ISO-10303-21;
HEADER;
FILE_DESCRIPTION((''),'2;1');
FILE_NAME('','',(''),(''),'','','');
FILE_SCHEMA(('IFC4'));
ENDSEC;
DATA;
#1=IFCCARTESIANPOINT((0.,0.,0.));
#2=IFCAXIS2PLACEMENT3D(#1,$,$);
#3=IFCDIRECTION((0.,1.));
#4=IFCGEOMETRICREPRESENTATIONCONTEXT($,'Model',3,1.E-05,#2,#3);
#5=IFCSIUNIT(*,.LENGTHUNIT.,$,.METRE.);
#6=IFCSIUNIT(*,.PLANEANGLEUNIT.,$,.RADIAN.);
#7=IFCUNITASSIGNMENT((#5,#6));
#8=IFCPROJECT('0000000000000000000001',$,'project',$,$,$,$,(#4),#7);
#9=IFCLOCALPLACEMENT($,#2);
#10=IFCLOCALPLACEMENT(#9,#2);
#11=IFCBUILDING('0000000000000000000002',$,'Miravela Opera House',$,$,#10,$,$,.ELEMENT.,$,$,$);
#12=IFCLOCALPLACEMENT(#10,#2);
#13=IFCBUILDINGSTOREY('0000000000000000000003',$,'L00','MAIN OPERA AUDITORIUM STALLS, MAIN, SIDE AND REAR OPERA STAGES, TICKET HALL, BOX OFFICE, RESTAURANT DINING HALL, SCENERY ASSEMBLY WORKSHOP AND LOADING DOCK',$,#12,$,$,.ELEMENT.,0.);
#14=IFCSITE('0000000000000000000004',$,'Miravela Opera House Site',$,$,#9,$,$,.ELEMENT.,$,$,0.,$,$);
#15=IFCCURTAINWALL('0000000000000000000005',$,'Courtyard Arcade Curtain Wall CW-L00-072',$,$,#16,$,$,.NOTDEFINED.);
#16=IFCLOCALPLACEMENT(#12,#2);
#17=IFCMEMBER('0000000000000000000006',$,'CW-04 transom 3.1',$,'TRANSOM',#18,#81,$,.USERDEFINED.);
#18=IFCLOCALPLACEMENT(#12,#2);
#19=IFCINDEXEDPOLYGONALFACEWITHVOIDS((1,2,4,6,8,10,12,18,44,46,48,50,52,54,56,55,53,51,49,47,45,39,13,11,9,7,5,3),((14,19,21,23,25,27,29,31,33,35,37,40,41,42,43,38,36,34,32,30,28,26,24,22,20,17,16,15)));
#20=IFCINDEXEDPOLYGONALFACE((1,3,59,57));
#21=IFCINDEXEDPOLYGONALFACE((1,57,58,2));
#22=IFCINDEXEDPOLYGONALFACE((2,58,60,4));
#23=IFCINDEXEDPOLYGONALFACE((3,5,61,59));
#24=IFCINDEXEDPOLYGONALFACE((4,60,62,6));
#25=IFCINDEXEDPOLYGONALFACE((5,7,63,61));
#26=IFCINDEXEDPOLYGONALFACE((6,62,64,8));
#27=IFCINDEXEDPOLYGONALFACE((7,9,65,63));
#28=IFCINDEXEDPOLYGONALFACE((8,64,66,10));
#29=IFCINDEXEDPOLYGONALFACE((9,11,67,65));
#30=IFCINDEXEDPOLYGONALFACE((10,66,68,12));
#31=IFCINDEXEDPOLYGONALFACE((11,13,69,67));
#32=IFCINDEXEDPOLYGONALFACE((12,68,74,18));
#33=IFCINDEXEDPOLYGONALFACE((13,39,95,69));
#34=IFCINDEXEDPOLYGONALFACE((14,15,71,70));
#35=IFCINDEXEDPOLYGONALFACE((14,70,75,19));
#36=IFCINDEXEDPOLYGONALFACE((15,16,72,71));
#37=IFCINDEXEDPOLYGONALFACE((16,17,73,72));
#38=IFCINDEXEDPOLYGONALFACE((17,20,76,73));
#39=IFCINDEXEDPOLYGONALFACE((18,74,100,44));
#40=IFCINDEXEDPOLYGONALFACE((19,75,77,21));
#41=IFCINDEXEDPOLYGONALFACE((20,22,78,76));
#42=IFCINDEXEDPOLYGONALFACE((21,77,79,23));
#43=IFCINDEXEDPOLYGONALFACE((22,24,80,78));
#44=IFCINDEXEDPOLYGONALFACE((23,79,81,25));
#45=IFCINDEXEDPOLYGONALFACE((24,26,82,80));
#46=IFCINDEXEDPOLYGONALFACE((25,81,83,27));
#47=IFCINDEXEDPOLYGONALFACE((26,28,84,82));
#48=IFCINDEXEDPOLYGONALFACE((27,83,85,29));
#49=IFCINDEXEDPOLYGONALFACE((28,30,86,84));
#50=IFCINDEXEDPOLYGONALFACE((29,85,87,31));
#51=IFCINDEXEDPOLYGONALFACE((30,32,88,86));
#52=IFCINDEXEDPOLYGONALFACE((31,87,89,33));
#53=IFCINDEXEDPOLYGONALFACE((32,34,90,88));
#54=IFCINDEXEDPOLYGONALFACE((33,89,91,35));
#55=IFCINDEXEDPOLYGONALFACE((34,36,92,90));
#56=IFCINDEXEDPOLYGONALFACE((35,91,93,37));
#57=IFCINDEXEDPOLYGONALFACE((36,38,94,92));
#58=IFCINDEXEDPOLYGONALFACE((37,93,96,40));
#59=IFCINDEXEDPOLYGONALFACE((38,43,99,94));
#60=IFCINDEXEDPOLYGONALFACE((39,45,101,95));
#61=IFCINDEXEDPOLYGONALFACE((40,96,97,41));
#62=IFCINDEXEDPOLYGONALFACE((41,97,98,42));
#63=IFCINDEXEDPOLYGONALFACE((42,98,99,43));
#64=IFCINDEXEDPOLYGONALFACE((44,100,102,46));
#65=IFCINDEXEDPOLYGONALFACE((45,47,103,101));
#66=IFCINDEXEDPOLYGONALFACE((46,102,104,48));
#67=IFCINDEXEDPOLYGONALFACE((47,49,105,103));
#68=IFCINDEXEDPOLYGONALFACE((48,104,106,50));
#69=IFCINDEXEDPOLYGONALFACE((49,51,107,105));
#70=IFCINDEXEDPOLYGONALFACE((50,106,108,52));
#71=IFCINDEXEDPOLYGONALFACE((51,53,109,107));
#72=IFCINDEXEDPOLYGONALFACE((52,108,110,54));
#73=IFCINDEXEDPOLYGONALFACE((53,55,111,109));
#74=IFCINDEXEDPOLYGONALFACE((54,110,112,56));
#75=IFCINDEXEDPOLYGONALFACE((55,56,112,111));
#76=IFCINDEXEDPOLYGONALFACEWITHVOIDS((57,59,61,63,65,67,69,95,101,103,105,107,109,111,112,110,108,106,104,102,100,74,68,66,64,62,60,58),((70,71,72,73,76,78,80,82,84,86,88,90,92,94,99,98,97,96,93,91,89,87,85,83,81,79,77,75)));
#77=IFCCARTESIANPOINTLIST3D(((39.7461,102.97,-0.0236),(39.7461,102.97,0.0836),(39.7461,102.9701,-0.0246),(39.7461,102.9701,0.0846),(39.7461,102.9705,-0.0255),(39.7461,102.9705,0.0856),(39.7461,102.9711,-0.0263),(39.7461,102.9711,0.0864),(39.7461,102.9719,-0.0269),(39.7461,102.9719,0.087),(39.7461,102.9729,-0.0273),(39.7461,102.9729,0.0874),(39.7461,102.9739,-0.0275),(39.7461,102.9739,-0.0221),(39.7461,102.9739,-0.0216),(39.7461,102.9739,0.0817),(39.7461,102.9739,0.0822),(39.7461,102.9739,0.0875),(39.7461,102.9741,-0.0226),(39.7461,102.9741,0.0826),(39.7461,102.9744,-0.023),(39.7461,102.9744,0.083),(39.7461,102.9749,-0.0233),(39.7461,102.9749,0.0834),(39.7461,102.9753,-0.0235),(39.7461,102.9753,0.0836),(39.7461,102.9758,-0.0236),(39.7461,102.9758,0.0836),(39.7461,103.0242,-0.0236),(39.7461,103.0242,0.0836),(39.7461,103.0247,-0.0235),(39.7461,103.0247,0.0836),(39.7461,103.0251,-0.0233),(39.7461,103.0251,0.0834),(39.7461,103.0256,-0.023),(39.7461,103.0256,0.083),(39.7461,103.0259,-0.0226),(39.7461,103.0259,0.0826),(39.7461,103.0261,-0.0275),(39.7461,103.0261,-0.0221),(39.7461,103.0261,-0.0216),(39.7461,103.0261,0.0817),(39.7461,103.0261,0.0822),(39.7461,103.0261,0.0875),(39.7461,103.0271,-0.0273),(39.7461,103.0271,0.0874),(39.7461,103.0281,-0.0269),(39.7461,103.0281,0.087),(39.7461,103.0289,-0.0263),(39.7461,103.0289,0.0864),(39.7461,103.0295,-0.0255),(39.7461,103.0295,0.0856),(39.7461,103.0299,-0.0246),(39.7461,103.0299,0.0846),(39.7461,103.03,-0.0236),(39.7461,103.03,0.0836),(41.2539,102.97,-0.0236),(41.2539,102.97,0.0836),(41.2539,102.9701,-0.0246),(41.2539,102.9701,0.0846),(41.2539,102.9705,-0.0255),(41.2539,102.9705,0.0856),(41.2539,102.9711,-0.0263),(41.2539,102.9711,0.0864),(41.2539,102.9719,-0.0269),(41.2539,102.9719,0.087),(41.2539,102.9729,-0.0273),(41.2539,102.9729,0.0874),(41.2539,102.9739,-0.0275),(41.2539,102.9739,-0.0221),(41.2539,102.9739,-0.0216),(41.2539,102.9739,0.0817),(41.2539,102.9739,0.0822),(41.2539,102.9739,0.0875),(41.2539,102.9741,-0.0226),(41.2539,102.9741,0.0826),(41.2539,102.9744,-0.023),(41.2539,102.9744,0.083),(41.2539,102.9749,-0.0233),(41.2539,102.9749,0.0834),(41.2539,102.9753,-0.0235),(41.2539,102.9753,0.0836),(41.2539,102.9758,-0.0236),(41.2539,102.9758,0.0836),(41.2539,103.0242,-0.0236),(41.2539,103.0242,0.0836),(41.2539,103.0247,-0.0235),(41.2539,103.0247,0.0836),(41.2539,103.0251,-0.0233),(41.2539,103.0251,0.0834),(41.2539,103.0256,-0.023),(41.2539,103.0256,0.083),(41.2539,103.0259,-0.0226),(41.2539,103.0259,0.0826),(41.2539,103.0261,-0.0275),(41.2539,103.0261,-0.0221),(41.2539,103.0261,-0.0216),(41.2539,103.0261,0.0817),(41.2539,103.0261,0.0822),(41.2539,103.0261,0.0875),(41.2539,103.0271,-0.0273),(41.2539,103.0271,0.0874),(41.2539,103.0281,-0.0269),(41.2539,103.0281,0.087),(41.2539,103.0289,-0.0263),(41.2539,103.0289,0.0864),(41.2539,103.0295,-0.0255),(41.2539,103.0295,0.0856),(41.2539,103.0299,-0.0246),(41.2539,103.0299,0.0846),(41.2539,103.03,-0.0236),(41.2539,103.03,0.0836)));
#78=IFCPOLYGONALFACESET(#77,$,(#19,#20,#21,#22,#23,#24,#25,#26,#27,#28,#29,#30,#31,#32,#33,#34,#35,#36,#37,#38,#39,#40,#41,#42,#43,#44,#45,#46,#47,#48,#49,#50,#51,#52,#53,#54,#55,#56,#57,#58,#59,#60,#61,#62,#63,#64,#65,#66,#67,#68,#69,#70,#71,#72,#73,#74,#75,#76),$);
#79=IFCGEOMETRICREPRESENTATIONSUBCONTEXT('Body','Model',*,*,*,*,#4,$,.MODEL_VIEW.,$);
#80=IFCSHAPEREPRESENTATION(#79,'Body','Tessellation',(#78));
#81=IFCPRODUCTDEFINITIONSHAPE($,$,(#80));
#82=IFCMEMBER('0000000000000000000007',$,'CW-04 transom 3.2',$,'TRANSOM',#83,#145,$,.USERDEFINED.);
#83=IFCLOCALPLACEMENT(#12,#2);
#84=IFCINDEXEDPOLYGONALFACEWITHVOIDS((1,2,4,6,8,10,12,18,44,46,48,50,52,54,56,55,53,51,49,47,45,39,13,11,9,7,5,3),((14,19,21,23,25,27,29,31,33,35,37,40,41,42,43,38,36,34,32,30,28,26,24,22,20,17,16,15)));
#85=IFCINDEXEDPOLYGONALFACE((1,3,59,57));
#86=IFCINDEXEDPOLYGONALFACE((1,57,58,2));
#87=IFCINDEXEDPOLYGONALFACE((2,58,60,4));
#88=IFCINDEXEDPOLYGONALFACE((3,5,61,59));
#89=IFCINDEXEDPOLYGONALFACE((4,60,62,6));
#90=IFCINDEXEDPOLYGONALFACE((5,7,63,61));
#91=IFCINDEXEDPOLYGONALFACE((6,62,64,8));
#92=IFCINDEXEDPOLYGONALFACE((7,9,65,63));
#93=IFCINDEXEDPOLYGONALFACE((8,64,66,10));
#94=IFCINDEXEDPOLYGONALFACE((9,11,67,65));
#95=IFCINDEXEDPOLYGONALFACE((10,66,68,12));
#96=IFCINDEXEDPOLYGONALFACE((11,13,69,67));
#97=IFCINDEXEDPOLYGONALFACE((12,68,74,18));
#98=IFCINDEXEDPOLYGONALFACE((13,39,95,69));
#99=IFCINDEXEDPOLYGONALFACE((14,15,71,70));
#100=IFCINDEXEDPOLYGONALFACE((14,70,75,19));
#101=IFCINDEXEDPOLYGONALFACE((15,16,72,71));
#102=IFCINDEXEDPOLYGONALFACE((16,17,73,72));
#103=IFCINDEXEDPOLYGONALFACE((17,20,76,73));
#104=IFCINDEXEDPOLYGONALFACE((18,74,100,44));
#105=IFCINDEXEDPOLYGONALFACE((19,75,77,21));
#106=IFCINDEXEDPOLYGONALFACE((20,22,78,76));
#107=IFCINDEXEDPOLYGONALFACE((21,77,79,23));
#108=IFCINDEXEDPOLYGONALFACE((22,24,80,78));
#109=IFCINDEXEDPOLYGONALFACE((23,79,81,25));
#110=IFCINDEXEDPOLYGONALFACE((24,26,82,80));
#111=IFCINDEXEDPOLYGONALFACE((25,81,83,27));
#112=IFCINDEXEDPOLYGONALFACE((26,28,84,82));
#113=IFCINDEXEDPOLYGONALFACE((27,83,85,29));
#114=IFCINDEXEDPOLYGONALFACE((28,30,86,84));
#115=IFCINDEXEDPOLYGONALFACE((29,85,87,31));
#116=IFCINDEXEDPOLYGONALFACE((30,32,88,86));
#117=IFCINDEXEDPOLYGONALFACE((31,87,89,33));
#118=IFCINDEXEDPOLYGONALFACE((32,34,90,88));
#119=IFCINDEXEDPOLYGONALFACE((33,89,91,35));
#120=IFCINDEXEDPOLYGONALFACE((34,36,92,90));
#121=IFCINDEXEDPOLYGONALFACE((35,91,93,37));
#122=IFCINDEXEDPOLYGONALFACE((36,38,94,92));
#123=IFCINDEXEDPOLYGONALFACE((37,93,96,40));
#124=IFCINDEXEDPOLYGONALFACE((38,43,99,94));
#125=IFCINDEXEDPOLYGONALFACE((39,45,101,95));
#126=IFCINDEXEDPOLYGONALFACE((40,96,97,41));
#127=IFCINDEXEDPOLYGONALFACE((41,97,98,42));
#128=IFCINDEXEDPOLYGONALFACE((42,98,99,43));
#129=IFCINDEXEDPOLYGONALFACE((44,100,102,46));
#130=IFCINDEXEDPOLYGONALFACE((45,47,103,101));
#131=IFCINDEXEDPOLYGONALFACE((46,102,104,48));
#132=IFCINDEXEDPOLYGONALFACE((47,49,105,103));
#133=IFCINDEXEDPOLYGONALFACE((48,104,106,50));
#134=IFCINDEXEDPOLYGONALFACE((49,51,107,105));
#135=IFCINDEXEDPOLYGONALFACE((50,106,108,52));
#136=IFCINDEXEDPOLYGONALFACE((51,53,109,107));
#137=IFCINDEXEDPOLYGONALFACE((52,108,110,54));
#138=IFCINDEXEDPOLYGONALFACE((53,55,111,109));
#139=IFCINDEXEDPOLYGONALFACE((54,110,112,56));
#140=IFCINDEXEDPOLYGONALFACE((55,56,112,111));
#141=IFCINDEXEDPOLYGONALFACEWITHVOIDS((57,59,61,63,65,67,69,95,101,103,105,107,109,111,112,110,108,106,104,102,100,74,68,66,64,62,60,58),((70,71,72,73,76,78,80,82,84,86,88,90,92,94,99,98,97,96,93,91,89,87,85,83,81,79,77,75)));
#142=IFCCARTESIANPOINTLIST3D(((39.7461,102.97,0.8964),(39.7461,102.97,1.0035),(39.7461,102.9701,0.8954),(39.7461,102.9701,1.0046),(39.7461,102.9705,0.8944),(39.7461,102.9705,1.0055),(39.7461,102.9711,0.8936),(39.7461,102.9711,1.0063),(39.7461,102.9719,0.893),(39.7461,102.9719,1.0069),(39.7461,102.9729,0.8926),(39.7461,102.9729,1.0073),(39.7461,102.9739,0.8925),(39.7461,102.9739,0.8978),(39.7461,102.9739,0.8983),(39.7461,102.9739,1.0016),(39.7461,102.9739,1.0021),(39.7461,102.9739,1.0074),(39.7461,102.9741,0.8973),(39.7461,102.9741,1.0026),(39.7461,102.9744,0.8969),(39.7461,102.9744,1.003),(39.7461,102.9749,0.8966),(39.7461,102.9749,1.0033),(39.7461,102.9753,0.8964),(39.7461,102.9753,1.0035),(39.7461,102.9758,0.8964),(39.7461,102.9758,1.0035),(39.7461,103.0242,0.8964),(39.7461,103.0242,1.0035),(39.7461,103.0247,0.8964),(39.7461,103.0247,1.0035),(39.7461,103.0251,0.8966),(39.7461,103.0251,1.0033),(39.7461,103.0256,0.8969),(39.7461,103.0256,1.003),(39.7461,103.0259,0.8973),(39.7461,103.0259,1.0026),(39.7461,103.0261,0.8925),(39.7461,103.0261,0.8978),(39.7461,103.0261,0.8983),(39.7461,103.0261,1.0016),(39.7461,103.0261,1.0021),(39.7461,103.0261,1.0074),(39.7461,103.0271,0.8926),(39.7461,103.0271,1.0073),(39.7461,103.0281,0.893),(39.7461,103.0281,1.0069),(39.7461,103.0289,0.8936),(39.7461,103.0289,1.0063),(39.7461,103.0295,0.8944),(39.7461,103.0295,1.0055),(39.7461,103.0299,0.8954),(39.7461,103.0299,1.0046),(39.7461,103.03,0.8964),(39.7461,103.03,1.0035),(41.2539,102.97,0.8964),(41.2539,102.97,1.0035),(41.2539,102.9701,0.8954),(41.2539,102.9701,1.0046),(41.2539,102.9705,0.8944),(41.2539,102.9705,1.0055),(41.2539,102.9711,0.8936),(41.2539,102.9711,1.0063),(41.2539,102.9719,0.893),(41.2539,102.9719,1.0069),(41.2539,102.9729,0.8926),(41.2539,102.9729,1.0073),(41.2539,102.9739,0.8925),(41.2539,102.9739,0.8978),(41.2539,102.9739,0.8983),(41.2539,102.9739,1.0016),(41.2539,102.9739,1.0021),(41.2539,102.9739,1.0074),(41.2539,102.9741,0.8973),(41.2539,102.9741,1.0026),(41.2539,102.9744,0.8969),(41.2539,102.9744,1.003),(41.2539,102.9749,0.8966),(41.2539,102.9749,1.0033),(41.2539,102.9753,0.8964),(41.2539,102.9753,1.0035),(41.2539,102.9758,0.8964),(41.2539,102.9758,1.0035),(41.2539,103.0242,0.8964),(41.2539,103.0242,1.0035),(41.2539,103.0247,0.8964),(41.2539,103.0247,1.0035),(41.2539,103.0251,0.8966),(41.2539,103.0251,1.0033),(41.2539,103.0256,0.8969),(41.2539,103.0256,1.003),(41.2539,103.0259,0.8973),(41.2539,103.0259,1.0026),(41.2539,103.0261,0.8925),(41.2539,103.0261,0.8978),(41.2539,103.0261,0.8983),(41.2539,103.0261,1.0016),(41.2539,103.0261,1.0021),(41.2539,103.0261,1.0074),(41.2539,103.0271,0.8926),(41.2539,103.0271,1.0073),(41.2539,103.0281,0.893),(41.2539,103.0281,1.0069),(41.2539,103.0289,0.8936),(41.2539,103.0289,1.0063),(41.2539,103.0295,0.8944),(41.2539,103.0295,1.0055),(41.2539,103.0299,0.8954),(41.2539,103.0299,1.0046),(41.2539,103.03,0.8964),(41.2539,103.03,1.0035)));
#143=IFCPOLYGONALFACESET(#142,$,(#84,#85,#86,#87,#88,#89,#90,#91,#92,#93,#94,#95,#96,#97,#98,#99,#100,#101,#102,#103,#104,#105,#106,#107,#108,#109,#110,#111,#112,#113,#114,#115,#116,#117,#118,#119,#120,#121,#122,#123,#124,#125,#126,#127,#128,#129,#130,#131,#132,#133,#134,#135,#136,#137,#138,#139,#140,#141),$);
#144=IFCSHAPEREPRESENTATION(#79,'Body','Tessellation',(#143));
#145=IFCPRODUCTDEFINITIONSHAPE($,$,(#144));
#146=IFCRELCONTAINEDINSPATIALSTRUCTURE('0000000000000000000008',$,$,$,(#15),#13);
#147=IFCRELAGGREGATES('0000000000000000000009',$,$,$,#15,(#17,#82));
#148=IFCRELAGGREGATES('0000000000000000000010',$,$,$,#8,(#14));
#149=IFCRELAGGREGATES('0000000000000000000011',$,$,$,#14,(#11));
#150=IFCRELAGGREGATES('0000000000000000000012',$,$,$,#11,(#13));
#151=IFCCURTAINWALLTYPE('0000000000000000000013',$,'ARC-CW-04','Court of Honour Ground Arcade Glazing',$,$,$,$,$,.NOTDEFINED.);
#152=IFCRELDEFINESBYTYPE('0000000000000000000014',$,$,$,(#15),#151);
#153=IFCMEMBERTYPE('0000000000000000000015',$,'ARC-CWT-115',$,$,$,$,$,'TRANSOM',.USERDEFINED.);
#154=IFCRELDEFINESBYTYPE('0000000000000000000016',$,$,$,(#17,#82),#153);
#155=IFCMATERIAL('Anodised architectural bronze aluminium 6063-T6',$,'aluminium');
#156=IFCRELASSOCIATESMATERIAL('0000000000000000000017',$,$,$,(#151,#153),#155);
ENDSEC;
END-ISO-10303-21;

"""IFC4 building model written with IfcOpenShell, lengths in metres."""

from ifc_helpers import new_model, si_unit, direction, frame, origin, origin_2d, place, context, subcontext, project, spatial, hollow_rectangle, extrude, material, material_profile, profile_set, type_object, element, aggregate, save


model = new_model("IFC4")

# Units and contexts
model_context = context("Model", 3, precision=1e-05, world=origin(), true_north=direction((0.0, 1.0)))
body_context = subcontext(model_context, "Body", "Model", "MODEL_VIEW")
ifc_project = project(units=[si_unit("LENGTHUNIT", "METRE"), si_unit("PLANEANGLEUNIT", "RADIAN")], contexts=[model_context])

# Site, building, storey
site_placement = place(None, origin())
site = spatial("IfcSite", under=ifc_project, at=site_placement, Name="Miravela Opera House Site", CompositionType="ELEMENT", RefElevation=0.0)
building_placement = place(site_placement, origin())
building = spatial("IfcBuilding", under=site, at=building_placement, Name="Miravela Opera House", CompositionType="ELEMENT")
storey_placement = place(building_placement, origin())
storey = spatial("IfcBuildingStorey", under=building, at=storey_placement, Name="L00", Description="MAIN OPERA AUDITORIUM STALLS, MAIN, SIDE AND REAR OPERA STAGES, TICKET HALL, BOX OFFICE, RESTAURANT DINING HALL, SCENERY ASSEMBLY WORKSHOP AND LOADING DOCK", CompositionType="ELEMENT", Elevation=0.0)

# Curtain wall, members
ifc_material_1 = material(Name="Anodised architectural bronze aluminium 6063-T6", Category="aluminium")
curtain_wall_type = type_object("IfcCurtainWallType", Name="ARC-CW-04", Description="Court of Honour Ground Arcade Glazing", PredefinedType="NOTDEFINED", material=ifc_material_1)
curtain_wall_placement = place(storey_placement, origin())
curtain_wall = element("IfcCurtainWall", 1, at=curtain_wall_placement, inside=storey, type_object=curtain_wall_type, Name="Courtyard Arcade Curtain Wall CW-L00-072", PredefinedType="NOTDEFINED")
ifc_material_profile_1 = material_profile(ifc_material_1, hollow_rectangle(XDim=0.0601, YDim=0.115, WallThickness=0.0039, InnerFilletRadius=0.002, OuterFilletRadius=0.0039, at=origin_2d()), Name="CWT-60X115")
ifc_profile_set_1 = profile_set([ifc_material_profile_1])
member_type_1 = type_object("IfcMemberType", Name="ARC-CWT-115", ElementType="TRANSOM", PredefinedType="USERDEFINED", material=ifc_profile_set_1)
member_1_placement = place(storey_placement, frame((39.7461, 103.0, 0.03), z_axis=(1.0, 0.0, 0.0), x_axis=(0.0, 1.0, 0.0)))
member_1 = element("IfcMember", 2, at=member_1_placement, type_object=member_type_1, Name="CW-04 transom 3.1", ObjectType="TRANSOM", PredefinedType="USERDEFINED", context=body_context, shape_type="SweptSolid", body=[
    extrude(hollow_rectangle(XDim=0.0601, YDim=0.115, WallThickness=0.0039, InnerFilletRadius=0.002, OuterFilletRadius=0.0039, at=origin_2d()), origin(), (0.0, 0.0, 1.0), 1.5078),
])
member_2_placement = place(storey_placement, frame((39.7461, 103.0, 0.95), z_axis=(1.0, 0.0, 0.0), x_axis=(0.0, 1.0, 0.0)))
member_2 = element("IfcMember", 3, at=member_2_placement, type_object=member_type_1, Name="CW-04 transom 3.2", ObjectType="TRANSOM", PredefinedType="USERDEFINED", context=body_context, shape_type="SweptSolid", body=[
    extrude(hollow_rectangle(XDim=0.0601, YDim=0.115, WallThickness=0.0039, InnerFilletRadius=0.002, OuterFilletRadius=0.0039, at=origin_2d()), origin(), (0.0, 0.0, 1.0), 1.5078),
])
aggregate(curtain_wall, [member_1, member_2])

save(model, "model.ifc")
